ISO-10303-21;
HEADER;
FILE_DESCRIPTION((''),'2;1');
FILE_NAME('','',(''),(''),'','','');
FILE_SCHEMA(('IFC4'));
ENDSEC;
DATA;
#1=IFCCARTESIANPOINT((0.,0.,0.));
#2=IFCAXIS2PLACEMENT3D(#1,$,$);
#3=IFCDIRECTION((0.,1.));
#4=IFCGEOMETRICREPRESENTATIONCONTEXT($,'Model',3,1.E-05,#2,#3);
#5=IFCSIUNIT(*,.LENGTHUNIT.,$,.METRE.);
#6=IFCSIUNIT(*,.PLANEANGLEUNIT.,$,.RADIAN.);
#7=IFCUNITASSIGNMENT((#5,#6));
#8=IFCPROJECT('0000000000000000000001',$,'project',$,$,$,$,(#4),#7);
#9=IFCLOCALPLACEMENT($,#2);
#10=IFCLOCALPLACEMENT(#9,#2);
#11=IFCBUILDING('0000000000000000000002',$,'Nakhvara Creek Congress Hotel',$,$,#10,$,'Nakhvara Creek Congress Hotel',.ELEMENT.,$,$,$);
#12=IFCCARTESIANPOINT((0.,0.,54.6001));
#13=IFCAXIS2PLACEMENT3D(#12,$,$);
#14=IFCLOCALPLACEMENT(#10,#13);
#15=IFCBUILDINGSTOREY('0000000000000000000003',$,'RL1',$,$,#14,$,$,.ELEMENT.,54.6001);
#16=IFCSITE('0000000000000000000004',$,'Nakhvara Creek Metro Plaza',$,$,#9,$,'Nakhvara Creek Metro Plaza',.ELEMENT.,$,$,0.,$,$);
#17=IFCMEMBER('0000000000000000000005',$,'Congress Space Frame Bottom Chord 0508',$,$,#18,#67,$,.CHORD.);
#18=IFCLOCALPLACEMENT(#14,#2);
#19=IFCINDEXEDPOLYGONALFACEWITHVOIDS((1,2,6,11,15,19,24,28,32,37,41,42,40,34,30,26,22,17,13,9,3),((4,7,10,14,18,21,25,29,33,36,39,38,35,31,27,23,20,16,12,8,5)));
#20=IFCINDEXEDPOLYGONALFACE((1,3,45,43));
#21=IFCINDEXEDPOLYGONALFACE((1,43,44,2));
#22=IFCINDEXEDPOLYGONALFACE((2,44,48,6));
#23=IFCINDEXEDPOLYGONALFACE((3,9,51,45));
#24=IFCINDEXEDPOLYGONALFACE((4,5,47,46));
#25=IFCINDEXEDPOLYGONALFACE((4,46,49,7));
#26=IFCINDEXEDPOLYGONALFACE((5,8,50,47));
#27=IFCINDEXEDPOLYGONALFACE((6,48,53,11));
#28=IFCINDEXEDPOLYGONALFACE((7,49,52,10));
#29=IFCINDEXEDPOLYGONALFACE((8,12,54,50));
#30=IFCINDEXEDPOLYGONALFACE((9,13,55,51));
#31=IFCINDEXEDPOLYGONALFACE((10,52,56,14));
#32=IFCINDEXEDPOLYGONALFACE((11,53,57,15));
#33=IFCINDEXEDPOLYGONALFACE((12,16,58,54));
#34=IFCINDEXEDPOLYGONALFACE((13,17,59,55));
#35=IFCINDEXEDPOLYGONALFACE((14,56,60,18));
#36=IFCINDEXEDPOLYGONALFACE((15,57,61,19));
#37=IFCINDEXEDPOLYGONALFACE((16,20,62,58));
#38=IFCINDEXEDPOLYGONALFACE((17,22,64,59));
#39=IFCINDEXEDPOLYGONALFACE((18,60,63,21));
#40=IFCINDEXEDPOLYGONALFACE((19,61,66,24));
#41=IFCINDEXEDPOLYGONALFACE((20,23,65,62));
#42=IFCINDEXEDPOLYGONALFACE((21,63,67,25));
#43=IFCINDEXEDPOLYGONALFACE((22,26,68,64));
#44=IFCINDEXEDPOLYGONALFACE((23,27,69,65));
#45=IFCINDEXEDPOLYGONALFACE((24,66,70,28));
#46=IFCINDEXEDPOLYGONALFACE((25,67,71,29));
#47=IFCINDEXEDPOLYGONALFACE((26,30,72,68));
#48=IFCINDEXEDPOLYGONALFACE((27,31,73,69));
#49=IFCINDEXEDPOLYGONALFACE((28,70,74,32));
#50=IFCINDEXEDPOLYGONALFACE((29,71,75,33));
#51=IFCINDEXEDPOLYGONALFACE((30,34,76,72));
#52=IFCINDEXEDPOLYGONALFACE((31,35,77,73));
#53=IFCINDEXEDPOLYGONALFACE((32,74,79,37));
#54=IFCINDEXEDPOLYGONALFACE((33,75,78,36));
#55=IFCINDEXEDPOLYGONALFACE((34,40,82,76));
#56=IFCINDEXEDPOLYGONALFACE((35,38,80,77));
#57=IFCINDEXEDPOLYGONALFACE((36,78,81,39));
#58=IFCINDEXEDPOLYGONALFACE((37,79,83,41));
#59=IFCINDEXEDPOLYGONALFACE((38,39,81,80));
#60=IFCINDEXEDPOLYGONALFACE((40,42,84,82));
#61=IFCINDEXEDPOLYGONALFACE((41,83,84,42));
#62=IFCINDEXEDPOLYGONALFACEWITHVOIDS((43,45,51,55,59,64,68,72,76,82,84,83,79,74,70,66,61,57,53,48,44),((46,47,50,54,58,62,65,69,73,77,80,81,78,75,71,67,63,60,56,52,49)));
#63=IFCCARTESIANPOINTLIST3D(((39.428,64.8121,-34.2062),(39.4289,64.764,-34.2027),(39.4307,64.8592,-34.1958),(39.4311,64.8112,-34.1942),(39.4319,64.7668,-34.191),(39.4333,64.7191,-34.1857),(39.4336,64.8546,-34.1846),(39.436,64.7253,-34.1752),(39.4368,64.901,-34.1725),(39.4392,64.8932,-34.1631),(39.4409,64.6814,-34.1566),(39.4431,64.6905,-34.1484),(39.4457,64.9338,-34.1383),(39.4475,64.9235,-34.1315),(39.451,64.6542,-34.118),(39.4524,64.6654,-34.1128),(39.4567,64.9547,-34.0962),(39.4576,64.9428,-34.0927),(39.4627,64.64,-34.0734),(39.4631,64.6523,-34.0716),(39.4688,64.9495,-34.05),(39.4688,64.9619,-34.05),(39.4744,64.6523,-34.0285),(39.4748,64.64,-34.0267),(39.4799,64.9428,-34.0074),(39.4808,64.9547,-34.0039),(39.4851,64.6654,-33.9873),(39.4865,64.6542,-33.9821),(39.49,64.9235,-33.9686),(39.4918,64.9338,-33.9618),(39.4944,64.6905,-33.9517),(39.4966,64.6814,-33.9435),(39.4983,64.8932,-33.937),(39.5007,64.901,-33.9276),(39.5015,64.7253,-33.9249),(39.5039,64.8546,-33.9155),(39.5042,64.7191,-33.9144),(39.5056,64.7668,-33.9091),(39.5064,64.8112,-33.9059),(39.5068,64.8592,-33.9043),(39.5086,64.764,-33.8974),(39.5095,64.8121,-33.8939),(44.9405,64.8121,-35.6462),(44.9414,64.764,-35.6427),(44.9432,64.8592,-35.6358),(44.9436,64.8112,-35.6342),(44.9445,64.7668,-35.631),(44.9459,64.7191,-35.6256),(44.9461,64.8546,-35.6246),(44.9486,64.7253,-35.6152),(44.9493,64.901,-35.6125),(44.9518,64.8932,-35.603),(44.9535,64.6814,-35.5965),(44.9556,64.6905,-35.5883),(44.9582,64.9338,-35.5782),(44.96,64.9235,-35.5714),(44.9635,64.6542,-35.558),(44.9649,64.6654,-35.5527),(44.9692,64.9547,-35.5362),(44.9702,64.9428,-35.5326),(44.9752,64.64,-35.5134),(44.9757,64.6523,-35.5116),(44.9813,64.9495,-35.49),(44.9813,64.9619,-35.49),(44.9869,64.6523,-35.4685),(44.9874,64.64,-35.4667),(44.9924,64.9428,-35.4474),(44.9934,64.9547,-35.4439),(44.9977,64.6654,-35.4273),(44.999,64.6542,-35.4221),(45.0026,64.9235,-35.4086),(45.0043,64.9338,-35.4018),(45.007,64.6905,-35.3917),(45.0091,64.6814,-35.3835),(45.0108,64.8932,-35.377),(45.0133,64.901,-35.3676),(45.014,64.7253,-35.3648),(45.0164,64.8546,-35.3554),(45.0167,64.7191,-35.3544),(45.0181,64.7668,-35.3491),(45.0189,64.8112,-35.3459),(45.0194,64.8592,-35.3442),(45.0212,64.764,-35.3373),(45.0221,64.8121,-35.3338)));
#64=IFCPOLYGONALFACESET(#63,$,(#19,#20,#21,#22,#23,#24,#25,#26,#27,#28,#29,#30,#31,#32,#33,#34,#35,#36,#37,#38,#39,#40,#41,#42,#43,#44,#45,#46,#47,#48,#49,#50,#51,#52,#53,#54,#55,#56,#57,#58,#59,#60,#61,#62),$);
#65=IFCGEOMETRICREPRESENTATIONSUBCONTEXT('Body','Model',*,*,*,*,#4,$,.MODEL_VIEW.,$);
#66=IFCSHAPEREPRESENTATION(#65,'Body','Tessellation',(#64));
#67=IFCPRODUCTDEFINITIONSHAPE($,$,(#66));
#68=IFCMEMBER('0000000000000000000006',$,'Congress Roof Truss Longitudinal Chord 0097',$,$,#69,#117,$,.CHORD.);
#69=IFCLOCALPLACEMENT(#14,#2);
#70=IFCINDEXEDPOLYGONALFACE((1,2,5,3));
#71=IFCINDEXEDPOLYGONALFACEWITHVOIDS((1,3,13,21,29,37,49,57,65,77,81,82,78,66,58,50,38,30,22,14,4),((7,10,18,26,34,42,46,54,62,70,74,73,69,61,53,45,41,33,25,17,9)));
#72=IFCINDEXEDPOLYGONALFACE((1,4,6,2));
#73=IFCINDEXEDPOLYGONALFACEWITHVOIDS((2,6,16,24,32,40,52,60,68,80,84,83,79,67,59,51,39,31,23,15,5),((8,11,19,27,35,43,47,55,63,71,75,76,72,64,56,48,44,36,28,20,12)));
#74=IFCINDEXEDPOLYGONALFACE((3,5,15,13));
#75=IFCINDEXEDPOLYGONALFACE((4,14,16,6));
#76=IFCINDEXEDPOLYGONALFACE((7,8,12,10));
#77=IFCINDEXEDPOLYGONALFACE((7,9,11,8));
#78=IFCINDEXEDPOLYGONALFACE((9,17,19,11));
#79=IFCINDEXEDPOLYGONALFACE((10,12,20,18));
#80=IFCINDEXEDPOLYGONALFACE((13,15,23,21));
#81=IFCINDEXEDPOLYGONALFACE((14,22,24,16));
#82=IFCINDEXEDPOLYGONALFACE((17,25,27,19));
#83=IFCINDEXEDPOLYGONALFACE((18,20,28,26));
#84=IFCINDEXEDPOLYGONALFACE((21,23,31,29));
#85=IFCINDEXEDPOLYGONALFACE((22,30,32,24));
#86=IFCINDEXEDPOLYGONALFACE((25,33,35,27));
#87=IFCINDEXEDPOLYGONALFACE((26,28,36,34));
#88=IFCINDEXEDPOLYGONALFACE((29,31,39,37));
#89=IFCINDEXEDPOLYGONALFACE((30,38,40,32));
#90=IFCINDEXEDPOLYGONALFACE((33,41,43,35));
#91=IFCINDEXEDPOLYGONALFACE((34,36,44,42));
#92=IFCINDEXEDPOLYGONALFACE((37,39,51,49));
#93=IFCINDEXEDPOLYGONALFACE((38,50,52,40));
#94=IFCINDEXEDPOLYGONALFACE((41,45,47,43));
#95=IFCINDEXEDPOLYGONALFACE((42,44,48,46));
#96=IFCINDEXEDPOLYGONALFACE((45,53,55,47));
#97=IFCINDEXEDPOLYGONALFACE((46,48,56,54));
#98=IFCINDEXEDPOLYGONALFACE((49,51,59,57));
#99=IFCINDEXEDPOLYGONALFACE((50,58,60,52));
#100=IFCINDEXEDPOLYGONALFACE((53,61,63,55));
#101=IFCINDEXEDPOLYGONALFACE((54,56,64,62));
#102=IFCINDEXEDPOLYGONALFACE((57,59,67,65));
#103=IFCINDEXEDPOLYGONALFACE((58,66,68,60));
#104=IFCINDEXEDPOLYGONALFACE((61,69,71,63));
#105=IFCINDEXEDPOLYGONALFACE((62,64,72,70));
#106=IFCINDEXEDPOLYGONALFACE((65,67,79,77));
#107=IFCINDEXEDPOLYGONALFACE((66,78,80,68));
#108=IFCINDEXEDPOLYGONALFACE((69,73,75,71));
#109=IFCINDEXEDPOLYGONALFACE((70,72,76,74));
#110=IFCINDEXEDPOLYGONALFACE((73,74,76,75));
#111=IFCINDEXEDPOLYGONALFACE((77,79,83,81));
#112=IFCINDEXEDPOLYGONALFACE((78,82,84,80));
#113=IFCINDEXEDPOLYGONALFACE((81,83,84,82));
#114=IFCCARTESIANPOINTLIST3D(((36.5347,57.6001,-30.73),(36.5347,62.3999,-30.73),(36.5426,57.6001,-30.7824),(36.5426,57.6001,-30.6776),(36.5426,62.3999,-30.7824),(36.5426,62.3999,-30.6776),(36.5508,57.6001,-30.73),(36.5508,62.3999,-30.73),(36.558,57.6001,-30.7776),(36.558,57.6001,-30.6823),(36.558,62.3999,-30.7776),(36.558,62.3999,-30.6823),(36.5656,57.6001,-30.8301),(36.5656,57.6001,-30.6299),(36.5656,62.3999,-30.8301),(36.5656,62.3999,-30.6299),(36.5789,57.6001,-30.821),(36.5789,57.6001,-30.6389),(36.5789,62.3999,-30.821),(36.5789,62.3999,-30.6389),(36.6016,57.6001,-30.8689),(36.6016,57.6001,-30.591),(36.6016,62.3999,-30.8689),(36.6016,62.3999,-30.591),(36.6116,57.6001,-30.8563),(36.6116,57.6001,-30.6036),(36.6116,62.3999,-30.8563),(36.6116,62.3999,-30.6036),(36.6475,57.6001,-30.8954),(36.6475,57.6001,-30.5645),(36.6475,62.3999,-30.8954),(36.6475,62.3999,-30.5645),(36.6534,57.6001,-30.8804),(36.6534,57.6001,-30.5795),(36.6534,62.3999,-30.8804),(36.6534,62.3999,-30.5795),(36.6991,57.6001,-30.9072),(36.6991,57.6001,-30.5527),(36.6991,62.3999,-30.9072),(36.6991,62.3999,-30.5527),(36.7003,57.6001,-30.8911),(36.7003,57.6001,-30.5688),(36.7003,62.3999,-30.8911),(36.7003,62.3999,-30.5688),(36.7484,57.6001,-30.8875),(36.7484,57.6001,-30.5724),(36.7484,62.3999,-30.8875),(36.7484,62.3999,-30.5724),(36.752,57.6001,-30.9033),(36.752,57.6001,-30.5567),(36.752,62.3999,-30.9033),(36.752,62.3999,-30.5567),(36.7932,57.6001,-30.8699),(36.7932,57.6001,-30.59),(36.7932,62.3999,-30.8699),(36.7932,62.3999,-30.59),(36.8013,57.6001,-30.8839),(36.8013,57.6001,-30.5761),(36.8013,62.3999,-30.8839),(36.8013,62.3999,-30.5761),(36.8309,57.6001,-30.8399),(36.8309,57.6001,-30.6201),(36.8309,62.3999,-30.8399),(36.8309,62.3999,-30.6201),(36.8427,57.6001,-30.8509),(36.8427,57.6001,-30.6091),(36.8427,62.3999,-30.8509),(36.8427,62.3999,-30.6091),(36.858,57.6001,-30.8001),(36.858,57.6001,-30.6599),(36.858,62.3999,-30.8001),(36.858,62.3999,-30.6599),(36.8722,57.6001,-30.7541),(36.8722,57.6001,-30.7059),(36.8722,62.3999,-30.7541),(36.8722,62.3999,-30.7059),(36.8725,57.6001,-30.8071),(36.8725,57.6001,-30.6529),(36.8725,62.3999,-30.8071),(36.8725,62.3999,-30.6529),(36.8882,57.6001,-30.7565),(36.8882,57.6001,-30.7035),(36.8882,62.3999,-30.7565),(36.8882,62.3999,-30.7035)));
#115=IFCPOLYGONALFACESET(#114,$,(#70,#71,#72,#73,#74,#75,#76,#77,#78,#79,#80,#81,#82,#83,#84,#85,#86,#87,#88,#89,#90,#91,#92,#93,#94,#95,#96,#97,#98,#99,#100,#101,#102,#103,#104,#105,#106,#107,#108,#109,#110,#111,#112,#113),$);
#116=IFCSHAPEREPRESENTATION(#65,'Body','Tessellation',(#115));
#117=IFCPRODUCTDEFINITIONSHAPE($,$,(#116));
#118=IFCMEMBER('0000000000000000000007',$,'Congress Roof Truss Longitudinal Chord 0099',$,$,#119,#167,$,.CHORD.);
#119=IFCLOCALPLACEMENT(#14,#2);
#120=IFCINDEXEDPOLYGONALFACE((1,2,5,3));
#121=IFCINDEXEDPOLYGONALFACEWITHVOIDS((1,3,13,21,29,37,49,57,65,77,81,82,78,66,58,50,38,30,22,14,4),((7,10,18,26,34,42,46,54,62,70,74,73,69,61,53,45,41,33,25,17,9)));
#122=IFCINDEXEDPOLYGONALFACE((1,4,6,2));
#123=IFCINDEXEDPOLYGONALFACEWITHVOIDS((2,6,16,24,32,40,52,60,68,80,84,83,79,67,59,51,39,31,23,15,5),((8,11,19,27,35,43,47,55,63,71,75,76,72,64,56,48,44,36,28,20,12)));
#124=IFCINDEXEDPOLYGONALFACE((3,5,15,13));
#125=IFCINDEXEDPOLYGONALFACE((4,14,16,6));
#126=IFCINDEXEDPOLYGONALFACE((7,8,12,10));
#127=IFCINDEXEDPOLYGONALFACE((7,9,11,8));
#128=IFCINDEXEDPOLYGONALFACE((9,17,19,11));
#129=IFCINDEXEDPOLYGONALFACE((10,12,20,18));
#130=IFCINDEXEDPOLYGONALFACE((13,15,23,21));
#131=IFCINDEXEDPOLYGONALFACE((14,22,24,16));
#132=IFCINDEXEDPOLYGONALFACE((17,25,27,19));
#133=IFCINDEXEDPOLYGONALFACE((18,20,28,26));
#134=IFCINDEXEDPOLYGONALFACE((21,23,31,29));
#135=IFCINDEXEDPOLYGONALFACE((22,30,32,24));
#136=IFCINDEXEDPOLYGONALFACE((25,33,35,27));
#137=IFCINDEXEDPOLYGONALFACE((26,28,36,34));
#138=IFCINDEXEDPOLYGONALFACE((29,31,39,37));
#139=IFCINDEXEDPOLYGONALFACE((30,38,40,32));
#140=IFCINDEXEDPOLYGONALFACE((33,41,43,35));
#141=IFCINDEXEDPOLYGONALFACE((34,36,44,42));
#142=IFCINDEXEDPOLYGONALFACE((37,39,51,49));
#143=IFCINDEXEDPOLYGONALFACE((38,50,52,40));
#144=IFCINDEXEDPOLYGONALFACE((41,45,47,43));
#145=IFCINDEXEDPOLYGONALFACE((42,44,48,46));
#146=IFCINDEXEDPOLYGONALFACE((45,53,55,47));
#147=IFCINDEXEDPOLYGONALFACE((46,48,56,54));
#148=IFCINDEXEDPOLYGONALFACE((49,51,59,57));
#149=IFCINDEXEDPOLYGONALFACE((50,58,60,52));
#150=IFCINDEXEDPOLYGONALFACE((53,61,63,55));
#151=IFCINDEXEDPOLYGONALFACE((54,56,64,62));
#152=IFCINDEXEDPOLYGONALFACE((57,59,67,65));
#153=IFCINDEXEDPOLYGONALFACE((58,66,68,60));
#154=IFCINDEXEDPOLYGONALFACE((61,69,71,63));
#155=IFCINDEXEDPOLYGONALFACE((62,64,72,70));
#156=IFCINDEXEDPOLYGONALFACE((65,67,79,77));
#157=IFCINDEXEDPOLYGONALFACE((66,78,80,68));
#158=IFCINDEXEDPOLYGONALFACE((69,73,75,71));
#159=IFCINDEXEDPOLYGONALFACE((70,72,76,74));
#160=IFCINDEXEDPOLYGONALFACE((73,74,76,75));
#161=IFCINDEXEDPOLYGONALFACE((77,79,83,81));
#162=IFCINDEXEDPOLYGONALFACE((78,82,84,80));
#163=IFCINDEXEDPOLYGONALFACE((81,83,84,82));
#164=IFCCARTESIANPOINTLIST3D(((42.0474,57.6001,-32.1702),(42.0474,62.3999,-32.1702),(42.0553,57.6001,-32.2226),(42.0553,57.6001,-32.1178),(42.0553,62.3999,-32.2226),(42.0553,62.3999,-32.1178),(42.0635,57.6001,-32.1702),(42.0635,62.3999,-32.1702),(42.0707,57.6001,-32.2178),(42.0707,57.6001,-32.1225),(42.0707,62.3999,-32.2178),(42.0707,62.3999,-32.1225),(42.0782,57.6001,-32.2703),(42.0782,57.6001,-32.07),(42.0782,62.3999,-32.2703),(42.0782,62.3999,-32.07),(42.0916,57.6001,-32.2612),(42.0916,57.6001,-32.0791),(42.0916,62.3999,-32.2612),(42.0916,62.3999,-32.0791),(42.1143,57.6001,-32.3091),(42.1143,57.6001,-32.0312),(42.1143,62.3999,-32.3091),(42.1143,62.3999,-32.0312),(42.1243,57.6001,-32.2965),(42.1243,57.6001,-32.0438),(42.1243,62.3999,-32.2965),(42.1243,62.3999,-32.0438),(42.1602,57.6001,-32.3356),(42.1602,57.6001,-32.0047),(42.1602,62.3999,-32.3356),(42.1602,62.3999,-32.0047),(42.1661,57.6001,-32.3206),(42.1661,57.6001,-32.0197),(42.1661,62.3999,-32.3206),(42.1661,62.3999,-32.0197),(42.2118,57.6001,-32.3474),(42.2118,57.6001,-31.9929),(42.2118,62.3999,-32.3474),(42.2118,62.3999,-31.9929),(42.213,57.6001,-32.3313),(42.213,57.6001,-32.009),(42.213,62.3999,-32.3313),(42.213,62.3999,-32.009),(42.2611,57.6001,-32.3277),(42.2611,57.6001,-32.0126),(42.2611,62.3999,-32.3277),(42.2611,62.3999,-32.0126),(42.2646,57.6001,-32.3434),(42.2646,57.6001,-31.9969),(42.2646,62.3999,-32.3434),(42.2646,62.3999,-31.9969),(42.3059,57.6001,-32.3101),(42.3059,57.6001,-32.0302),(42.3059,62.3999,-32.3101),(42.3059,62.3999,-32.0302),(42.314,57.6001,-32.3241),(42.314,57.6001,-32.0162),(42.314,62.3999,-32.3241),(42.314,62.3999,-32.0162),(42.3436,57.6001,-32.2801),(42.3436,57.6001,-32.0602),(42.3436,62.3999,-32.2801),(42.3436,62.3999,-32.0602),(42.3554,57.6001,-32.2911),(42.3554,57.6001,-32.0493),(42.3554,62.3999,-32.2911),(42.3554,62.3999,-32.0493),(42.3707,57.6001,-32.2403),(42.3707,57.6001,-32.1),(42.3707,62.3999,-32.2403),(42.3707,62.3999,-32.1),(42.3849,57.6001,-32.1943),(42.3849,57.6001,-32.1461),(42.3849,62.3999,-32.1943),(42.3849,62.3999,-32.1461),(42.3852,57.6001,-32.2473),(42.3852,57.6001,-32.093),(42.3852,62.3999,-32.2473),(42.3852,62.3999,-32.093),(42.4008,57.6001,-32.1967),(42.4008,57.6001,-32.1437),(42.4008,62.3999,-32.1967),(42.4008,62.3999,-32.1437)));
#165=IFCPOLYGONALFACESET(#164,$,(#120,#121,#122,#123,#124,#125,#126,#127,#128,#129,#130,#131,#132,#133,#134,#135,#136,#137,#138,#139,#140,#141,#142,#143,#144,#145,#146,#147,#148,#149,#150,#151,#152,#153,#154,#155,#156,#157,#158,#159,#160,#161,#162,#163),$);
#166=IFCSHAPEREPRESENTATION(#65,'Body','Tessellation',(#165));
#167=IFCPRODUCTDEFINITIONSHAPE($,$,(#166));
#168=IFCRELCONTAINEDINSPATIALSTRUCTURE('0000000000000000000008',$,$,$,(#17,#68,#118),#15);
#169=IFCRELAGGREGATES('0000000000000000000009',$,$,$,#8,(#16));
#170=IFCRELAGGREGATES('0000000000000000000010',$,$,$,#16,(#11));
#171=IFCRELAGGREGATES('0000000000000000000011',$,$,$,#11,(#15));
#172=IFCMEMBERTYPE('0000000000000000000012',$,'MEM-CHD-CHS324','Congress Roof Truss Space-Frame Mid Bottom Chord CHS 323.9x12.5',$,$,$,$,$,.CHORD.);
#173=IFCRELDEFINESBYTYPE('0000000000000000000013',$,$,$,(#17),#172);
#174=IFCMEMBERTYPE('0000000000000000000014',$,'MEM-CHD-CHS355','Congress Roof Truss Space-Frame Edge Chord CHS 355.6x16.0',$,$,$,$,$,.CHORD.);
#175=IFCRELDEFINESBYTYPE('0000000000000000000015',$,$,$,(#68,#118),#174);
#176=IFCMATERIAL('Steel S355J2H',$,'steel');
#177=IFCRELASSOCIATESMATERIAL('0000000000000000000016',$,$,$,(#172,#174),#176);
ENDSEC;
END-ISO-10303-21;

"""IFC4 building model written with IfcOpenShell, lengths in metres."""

from ifc_helpers import new_model, si_unit, direction, frame, origin, origin_2d, place, context, subcontext, project, spatial, hollow_circle, extrude, material, material_profile, profile_set, type_object, element, save


model = new_model("IFC4")

# Units and contexts
model_context = context("Model", 3, precision=1e-05, world=origin(), true_north=direction((0.0, 1.0)))
body_context = subcontext(model_context, "Body", "Model", "MODEL_VIEW")
ifc_project = project(units=[si_unit("LENGTHUNIT", "METRE"), si_unit("PLANEANGLEUNIT", "RADIAN")], contexts=[model_context])

# Site, building, storey
site_placement = place(None, origin())
site = spatial("IfcSite", under=ifc_project, at=site_placement, Name="Nakhvara Creek Metro Plaza", LongName="Nakhvara Creek Metro Plaza", CompositionType="ELEMENT", RefElevation=0.0)
building_placement = place(site_placement, origin())
building = spatial("IfcBuilding", under=site, at=building_placement, Name="Nakhvara Creek Congress Hotel", LongName="Nakhvara Creek Congress Hotel", CompositionType="ELEMENT")
storey_placement = place(building_placement, frame((0.0, 0.0, 54.6001)))
storey = spatial("IfcBuildingStorey", under=building, at=storey_placement, Name="RL1", CompositionType="ELEMENT", Elevation=54.6001)

# Members
ifc_material_1 = material(Name="Steel S355J2H", Category="steel")
ifc_material_profile_1 = material_profile(ifc_material_1, hollow_circle(Radius=0.1619, WallThickness=0.0125, at=origin_2d()), Name="CHS 323.9x12.5", Category="LoadBearing")
ifc_profile_set_1 = profile_set([ifc_material_profile_1], Name="Steel S355J2H")
member_type_1 = type_object("IfcMemberType", Name="MEM-CHD-CHS324", Description="Congress Roof Truss Space-Frame Mid Bottom Chord CHS 323.9x12.5", PredefinedType="CHORD", material=ifc_profile_set_1)
for number, where, z_axis, x_axis, name in (
    (1, (39.4688, 64.8, -34.05), (0.967535, 0.0, -0.252736), (0.0, 1.0, 0.0), "Congress Space Frame Bottom Chord 0508"),
):
    element("IfcMember", number, at=place(storey_placement, frame(where, z_axis=z_axis, x_axis=x_axis)), inside=storey, type_object=member_type_1, Name=name, PredefinedType="CHORD", context=body_context, shape_type="SweptSolid", body=[
        extrude(hollow_circle(Radius=0.1619, WallThickness=0.0125, at=origin_2d()), origin(), (0.0, 0.0, 1.0), 5.6975),
    ])
ifc_material_profile_2 = material_profile(ifc_material_1, hollow_circle(Radius=0.1777, WallThickness=0.0161, at=origin_2d()), Name="CHS 355.6x16.0", Category="LoadBearing")
ifc_profile_set_2 = profile_set([ifc_material_profile_2], Name="Steel S355J2H")
member_type_2 = type_object("IfcMemberType", Name="MEM-CHD-CHS355", Description="Congress Roof Truss Space-Frame Edge Chord CHS 355.6x16.0", PredefinedType="CHORD", material=ifc_profile_set_2)
for number, where, z_axis, x_axis, name in (
    (2, (36.7124, 57.6001, -30.73), (0.0, 1.0, 0.0), (-1.0, 0.0, 0.0), "Congress Roof Truss Longitudinal Chord 0097"),
    (3, (42.2251, 57.6001, -32.1702), (0.0, 1.0, 0.0), (-1.0, 0.0, 0.0), "Congress Roof Truss Longitudinal Chord 0099"),
):
    element("IfcMember", number, at=place(storey_placement, frame(where, z_axis=z_axis, x_axis=x_axis)), inside=storey, type_object=member_type_2, Name=name, PredefinedType="CHORD", context=body_context, shape_type="SweptSolid", body=[
        extrude(hollow_circle(Radius=0.1777, WallThickness=0.0161, at=origin_2d()), origin(), (0.0, 0.0, 1.0), 4.7998),
    ])

save(model, "model.ifc")
